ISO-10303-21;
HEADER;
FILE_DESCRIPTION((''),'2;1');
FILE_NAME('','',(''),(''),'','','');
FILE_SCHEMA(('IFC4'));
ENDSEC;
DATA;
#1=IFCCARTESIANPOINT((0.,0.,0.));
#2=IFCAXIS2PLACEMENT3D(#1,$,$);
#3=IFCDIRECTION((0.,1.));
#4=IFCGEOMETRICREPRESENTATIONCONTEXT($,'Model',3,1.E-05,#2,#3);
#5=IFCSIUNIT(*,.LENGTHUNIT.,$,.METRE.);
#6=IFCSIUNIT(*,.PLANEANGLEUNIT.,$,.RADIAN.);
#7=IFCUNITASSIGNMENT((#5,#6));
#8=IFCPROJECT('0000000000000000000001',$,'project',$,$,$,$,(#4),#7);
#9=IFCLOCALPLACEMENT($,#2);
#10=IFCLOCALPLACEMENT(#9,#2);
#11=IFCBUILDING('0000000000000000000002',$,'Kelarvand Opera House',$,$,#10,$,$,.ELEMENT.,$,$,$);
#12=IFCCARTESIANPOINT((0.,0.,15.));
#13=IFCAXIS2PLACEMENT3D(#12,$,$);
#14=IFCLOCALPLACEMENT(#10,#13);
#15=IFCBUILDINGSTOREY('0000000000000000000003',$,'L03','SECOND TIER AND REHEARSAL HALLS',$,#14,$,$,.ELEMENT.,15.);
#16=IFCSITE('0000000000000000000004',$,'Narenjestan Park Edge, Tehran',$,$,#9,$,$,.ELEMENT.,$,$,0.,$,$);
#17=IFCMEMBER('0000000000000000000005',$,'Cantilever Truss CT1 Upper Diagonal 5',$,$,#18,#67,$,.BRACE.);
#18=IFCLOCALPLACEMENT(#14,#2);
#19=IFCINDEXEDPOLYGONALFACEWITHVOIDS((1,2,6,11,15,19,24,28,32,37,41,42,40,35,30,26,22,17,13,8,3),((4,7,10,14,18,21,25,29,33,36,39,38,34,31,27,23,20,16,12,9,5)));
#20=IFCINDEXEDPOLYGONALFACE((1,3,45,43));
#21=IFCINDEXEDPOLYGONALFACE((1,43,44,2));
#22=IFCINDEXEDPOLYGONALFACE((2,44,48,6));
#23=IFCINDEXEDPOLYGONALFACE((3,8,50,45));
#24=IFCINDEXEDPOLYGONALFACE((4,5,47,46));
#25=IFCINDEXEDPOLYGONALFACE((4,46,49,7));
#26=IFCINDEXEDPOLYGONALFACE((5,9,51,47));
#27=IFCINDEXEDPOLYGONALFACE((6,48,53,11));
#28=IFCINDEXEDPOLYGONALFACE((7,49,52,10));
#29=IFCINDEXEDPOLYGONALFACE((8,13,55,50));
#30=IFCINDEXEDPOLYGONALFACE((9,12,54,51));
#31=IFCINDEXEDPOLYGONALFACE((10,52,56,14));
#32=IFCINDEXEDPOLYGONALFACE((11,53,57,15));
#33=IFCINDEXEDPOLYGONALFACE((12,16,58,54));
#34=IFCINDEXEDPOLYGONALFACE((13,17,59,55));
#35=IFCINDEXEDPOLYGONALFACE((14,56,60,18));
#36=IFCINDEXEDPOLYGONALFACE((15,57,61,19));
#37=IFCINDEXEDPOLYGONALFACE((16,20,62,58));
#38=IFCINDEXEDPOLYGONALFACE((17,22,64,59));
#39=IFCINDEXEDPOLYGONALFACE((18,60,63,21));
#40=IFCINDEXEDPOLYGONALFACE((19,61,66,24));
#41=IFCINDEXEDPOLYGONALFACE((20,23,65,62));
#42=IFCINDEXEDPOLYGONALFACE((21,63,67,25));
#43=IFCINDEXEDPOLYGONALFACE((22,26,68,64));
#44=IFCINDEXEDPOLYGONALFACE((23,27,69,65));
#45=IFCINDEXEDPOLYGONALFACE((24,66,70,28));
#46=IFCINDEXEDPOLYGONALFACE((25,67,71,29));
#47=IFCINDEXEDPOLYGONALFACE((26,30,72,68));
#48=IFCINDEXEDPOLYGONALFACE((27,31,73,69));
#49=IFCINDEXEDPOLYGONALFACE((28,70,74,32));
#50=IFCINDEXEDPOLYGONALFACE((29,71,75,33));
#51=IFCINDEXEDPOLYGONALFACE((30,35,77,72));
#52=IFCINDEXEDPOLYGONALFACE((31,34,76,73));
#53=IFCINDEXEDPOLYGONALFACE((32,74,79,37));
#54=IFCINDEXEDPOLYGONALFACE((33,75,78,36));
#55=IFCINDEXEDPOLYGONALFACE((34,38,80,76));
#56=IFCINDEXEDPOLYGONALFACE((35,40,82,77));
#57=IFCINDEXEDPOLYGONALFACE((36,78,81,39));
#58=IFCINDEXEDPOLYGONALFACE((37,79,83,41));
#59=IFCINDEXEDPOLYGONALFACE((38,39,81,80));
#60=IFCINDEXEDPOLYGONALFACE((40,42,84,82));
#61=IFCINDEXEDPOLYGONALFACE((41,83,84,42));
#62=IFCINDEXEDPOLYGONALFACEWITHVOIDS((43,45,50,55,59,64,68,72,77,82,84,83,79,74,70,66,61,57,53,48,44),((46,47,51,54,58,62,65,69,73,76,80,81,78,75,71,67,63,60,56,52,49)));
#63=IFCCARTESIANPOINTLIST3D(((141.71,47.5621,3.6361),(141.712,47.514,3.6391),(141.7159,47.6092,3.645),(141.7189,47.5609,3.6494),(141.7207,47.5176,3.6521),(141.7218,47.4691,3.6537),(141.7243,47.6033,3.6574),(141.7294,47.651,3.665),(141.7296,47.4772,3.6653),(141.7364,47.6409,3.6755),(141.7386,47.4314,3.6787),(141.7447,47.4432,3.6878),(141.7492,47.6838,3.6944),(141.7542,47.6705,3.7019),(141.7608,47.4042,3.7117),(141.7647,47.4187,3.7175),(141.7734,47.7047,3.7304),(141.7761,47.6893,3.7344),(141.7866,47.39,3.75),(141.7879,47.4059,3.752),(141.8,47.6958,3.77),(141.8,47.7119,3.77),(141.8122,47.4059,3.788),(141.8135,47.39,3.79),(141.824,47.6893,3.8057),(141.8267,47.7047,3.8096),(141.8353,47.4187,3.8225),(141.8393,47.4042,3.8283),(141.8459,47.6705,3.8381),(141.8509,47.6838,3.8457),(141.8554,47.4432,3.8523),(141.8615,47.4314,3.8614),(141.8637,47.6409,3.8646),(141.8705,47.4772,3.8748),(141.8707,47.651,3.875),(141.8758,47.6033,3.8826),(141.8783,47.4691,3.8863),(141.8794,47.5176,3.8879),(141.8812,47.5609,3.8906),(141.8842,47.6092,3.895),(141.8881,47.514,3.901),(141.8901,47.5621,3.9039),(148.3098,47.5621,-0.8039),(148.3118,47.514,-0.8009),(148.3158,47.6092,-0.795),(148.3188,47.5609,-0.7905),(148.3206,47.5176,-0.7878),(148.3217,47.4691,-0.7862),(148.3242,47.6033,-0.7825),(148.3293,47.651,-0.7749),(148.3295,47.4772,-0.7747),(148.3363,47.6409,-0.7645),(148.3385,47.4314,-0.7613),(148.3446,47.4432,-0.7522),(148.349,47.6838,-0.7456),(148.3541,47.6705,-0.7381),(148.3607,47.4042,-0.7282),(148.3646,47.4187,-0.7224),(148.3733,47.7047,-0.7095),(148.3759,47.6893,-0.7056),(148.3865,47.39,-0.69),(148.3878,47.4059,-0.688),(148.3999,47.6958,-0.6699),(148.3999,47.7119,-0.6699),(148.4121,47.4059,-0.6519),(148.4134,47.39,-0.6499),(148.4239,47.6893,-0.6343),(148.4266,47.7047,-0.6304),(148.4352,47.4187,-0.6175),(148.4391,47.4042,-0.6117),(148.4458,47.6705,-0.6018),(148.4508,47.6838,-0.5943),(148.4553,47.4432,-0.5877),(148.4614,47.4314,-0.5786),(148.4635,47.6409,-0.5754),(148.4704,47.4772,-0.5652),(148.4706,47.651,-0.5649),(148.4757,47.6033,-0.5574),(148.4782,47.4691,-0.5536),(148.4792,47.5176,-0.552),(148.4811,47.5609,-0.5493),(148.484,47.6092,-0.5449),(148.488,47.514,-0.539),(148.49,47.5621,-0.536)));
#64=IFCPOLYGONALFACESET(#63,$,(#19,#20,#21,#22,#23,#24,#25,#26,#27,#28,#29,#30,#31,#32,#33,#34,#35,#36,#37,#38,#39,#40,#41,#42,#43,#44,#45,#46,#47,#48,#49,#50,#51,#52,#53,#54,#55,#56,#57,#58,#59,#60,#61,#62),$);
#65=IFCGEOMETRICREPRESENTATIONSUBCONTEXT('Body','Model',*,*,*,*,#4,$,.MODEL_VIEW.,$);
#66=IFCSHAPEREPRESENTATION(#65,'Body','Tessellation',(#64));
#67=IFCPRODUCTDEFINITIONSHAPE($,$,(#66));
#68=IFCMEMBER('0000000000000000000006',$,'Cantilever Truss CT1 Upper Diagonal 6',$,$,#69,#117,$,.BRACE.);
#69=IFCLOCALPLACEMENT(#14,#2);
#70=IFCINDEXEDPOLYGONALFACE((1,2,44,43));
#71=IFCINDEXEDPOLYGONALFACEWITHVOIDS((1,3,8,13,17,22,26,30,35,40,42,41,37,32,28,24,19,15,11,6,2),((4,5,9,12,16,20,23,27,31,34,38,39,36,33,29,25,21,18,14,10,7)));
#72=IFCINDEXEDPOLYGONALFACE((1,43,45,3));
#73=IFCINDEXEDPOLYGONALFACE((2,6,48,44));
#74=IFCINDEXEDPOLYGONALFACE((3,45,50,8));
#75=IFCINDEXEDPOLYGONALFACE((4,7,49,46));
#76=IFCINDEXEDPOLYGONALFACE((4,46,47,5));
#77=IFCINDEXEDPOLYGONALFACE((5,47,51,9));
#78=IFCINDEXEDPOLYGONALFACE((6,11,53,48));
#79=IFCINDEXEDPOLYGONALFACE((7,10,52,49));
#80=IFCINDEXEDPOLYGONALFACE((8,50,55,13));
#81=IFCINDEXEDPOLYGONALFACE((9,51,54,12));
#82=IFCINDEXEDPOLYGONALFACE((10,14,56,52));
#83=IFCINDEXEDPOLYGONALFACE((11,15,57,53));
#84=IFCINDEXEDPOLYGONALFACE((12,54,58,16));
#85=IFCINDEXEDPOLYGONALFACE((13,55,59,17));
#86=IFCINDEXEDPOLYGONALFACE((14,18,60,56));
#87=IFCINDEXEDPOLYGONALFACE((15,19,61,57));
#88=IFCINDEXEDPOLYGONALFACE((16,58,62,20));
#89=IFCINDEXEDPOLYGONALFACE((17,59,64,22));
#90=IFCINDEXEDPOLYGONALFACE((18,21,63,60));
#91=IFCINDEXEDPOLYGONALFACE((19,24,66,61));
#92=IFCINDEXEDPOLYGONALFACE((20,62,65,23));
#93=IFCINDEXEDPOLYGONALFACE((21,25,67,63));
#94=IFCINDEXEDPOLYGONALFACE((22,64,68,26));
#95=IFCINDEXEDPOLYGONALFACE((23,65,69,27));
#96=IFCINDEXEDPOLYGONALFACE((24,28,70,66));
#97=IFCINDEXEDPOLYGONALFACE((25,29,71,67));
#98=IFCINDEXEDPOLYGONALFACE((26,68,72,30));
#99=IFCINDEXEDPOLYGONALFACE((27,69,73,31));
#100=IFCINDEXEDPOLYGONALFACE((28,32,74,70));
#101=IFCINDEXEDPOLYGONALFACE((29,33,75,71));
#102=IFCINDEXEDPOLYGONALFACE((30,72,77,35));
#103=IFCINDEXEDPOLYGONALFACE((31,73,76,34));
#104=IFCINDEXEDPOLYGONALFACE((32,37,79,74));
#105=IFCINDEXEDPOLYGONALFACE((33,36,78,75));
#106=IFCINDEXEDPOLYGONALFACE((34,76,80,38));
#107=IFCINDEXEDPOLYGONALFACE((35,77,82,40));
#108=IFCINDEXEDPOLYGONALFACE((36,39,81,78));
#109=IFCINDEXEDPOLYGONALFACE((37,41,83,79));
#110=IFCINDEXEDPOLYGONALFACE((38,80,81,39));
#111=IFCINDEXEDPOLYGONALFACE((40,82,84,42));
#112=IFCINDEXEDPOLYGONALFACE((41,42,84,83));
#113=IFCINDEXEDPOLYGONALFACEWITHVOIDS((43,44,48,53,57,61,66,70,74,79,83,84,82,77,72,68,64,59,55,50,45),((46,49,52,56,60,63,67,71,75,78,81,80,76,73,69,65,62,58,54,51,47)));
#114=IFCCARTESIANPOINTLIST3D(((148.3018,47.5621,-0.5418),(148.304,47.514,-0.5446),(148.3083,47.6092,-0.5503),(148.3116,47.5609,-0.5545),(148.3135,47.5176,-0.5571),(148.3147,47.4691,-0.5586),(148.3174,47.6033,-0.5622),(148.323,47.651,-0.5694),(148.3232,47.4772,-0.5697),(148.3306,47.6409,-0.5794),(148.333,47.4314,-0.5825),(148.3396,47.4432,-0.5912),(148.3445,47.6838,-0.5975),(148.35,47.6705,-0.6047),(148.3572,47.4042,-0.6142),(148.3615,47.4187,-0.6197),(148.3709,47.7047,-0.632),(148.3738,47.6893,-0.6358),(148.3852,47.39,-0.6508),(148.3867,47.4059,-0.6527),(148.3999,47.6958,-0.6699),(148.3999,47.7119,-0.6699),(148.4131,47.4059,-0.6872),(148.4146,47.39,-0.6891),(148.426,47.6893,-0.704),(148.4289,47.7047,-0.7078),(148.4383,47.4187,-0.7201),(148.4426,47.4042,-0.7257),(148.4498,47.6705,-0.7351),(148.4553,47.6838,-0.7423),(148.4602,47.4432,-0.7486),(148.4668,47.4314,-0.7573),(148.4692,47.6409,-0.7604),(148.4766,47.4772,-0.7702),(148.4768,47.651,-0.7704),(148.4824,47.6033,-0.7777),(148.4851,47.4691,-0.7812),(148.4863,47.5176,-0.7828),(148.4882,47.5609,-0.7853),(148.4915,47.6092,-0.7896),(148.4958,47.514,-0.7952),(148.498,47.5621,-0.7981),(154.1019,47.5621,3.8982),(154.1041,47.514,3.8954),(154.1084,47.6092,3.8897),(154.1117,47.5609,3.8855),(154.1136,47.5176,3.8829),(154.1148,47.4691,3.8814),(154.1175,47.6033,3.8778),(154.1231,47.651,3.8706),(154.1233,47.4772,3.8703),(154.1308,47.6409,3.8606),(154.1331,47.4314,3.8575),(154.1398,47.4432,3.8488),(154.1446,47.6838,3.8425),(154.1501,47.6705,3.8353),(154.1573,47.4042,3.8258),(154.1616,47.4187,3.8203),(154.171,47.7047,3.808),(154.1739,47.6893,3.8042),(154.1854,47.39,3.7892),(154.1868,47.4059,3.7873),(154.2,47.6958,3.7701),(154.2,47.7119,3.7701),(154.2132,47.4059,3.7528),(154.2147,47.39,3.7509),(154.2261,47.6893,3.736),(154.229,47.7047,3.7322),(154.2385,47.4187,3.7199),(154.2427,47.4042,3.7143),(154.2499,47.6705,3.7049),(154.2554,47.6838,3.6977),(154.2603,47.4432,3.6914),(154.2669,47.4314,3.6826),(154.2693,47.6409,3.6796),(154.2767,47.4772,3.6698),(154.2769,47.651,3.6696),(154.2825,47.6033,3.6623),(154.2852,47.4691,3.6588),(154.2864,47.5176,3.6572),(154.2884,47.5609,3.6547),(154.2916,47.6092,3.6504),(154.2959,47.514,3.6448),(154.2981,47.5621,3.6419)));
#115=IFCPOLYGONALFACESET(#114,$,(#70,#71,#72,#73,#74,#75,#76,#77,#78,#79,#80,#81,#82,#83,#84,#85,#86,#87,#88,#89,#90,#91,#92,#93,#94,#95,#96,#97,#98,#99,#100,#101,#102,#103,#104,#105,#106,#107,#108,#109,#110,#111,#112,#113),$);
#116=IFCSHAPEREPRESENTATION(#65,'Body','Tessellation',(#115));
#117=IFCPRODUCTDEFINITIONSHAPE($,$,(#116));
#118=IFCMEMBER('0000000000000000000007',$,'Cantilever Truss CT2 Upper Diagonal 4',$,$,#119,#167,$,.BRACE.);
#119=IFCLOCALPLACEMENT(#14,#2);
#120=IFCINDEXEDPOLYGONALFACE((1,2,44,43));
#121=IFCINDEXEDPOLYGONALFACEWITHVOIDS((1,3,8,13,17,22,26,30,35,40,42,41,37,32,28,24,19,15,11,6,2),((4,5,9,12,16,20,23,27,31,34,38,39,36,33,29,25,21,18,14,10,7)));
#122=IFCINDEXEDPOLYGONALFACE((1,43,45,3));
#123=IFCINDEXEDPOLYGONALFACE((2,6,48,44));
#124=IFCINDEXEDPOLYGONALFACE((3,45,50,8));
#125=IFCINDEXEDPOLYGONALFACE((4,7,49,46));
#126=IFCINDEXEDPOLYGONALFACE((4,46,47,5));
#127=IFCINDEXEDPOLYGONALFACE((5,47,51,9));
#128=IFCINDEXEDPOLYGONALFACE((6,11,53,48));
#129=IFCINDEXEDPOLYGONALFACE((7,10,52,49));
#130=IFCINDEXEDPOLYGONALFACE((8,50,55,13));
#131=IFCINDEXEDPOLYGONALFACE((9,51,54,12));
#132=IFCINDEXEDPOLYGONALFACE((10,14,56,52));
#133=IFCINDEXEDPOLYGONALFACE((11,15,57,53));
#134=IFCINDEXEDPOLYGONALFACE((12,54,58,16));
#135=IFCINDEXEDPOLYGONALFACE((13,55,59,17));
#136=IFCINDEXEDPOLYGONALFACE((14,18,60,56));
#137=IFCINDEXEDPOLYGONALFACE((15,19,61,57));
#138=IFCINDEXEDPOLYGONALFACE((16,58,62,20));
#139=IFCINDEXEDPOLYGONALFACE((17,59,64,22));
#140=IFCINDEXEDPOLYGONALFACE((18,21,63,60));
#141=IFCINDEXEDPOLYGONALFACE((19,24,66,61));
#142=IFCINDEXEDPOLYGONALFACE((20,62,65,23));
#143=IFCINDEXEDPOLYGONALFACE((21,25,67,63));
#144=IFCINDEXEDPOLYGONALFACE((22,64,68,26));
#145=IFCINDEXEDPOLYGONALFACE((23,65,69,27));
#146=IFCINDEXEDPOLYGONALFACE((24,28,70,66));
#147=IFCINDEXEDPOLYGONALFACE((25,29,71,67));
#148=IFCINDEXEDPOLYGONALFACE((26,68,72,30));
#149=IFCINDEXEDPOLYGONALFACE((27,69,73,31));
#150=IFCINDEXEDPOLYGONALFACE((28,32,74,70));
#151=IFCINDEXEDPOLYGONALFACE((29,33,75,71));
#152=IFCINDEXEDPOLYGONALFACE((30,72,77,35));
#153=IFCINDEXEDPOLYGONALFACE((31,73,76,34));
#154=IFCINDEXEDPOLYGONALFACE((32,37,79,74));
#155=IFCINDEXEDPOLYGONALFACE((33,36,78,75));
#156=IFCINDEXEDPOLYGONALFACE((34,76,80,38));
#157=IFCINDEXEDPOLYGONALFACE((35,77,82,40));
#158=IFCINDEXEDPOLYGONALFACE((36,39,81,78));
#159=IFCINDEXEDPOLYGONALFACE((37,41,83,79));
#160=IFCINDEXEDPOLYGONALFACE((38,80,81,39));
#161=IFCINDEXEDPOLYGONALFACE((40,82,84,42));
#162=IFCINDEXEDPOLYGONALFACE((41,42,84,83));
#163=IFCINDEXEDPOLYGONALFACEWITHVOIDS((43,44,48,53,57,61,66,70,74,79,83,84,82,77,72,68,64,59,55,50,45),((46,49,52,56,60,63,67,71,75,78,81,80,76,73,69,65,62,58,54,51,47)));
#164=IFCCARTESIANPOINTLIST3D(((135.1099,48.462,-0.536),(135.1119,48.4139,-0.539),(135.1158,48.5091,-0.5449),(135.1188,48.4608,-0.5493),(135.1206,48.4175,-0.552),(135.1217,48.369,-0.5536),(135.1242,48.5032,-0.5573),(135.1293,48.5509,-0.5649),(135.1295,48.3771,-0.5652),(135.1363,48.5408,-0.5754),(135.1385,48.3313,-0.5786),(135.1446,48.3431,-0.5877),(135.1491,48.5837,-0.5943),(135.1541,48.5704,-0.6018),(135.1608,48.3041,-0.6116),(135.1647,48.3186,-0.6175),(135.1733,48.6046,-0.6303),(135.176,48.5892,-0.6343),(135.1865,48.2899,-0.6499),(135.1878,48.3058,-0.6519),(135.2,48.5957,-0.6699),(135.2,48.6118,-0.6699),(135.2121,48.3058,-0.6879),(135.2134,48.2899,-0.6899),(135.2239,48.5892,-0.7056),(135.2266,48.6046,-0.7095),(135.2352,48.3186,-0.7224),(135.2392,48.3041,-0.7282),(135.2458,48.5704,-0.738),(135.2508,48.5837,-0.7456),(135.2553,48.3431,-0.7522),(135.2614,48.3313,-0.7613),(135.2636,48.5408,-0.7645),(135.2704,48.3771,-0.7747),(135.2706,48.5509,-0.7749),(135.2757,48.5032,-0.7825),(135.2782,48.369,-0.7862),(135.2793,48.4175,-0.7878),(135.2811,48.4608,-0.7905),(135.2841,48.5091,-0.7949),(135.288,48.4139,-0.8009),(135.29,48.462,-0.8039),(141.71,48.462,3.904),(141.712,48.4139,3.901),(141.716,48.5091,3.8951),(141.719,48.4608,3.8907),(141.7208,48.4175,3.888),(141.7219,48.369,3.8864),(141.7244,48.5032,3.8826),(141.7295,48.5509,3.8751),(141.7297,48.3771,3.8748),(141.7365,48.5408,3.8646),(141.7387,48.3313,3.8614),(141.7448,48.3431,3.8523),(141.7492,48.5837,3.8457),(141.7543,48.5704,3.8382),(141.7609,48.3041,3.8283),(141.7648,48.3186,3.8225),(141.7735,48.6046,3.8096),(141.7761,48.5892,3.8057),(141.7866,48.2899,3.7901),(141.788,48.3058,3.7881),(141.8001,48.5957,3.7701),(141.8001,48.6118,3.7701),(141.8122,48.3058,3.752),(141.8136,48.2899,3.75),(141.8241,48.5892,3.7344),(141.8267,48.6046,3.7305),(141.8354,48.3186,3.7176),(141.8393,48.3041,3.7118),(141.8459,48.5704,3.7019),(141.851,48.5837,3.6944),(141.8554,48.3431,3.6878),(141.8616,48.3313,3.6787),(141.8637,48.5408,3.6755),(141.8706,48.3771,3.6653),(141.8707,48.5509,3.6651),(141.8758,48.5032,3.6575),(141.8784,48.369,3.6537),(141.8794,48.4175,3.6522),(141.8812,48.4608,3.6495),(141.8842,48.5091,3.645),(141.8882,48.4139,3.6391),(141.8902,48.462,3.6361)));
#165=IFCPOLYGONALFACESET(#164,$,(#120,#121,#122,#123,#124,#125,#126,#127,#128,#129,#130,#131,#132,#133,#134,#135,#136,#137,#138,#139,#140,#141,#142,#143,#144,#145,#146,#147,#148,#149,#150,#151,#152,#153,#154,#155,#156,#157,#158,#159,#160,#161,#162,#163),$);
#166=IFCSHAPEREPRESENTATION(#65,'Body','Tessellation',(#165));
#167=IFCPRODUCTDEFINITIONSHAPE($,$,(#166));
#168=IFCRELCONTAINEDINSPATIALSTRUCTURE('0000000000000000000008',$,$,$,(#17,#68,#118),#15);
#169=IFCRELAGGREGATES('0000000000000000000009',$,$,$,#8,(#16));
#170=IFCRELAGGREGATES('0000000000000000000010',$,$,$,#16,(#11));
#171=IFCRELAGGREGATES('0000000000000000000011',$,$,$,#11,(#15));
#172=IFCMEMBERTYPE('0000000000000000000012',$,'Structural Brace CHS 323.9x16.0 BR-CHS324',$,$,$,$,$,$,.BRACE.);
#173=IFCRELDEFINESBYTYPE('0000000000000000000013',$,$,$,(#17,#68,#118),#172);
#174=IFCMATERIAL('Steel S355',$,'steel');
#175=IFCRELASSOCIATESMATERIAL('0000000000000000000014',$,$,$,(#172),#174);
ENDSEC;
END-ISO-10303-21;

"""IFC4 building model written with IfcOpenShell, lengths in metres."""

from ifc_helpers import new_model, si_unit, direction, frame, origin, origin_2d, place, context, subcontext, project, spatial, hollow_circle, extrude, material, material_profile, profile_set, type_object, element, save


model = new_model("IFC4")

# Units and contexts
model_context = context("Model", 3, precision=1e-05, world=origin(), true_north=direction((0.0, 1.0)))
body_context = subcontext(model_context, "Body", "Model", "MODEL_VIEW")
ifc_project = project(units=[si_unit("LENGTHUNIT", "METRE"), si_unit("PLANEANGLEUNIT", "RADIAN")], contexts=[model_context])

# Site, building, storey
site_placement = place(None, origin())
site = spatial("IfcSite", under=ifc_project, at=site_placement, Name="Narenjestan Park Edge, Tehran", CompositionType="ELEMENT", RefElevation=0.0)
building_placement = place(site_placement, origin())
building = spatial("IfcBuilding", under=site, at=building_placement, Name="Kelarvand Opera House", CompositionType="ELEMENT")
storey_placement = place(building_placement, frame((0.0, 0.0, 15.0)))
storey = spatial("IfcBuildingStorey", under=building, at=storey_placement, Name="L03", Description="SECOND TIER AND REHEARSAL HALLS", CompositionType="ELEMENT", Elevation=15.0)

# Shared definitions
ifc_material_1 = material(Name="Steel S355", Category="steel")

# Members
ifc_material_profile_1 = material_profile(ifc_material_1, hollow_circle(Radius=0.1619, WallThickness=0.0161, at=origin_2d()), Name="CHS 323.9x16.0", Category="steel")
ifc_profile_set_1 = profile_set([ifc_material_profile_1], Name="Steel S355")
member_type_1 = type_object("IfcMemberType", Name="Structural Brace CHS 323.9x16.0 BR-CHS324", PredefinedType="BRACE", material=ifc_profile_set_1)
member_1_placement = place(storey_placement, frame((141.8, 47.55, 3.77), z_axis=(0.82972, 0.0, -0.55818), x_axis=(0.0, 1.0, 0.0)))
element("IfcMember", 1, at=member_1_placement, inside=storey, type_object=member_type_1, Name="Cantilever Truss CT1 Upper Diagonal 5", PredefinedType="BRACE", context=body_context, shape_type="SweptSolid", body=[
    extrude(hollow_circle(Radius=0.1619, WallThickness=0.0161, at=origin_2d()), origin(), (0.0, 0.0, 1.0), 7.9543),
])
member_2_placement = place(storey_placement, frame((148.3999, 47.55, -0.6699), z_axis=(0.794053, 0.0, 0.607848), x_axis=(0.0, 1.0, 0.0)))
element("IfcMember", 2, at=member_2_placement, inside=storey, type_object=member_type_1, Name="Cantilever Truss CT1 Upper Diagonal 6", PredefinedType="BRACE", context=body_context, shape_type="SweptSolid", body=[
    extrude(hollow_circle(Radius=0.1619, WallThickness=0.0161, at=origin_2d()), origin(), (0.0, 0.0, 1.0), 7.3044),
])
member_3_placement = place(storey_placement, frame((135.2, 48.45, -0.6699), z_axis=(0.829729, 0.0, 0.558166), x_axis=(0.0, 1.0, 0.0)))
element("IfcMember", 3, at=member_3_placement, inside=storey, type_object=member_type_1, Name="Cantilever Truss CT2 Upper Diagonal 4", PredefinedType="BRACE", context=body_context, shape_type="SweptSolid", body=[
    extrude(hollow_circle(Radius=0.1619, WallThickness=0.0161, at=origin_2d()), origin(), (0.0, 0.0, 1.0), 7.9546),
])

save(model, "model.ifc")
